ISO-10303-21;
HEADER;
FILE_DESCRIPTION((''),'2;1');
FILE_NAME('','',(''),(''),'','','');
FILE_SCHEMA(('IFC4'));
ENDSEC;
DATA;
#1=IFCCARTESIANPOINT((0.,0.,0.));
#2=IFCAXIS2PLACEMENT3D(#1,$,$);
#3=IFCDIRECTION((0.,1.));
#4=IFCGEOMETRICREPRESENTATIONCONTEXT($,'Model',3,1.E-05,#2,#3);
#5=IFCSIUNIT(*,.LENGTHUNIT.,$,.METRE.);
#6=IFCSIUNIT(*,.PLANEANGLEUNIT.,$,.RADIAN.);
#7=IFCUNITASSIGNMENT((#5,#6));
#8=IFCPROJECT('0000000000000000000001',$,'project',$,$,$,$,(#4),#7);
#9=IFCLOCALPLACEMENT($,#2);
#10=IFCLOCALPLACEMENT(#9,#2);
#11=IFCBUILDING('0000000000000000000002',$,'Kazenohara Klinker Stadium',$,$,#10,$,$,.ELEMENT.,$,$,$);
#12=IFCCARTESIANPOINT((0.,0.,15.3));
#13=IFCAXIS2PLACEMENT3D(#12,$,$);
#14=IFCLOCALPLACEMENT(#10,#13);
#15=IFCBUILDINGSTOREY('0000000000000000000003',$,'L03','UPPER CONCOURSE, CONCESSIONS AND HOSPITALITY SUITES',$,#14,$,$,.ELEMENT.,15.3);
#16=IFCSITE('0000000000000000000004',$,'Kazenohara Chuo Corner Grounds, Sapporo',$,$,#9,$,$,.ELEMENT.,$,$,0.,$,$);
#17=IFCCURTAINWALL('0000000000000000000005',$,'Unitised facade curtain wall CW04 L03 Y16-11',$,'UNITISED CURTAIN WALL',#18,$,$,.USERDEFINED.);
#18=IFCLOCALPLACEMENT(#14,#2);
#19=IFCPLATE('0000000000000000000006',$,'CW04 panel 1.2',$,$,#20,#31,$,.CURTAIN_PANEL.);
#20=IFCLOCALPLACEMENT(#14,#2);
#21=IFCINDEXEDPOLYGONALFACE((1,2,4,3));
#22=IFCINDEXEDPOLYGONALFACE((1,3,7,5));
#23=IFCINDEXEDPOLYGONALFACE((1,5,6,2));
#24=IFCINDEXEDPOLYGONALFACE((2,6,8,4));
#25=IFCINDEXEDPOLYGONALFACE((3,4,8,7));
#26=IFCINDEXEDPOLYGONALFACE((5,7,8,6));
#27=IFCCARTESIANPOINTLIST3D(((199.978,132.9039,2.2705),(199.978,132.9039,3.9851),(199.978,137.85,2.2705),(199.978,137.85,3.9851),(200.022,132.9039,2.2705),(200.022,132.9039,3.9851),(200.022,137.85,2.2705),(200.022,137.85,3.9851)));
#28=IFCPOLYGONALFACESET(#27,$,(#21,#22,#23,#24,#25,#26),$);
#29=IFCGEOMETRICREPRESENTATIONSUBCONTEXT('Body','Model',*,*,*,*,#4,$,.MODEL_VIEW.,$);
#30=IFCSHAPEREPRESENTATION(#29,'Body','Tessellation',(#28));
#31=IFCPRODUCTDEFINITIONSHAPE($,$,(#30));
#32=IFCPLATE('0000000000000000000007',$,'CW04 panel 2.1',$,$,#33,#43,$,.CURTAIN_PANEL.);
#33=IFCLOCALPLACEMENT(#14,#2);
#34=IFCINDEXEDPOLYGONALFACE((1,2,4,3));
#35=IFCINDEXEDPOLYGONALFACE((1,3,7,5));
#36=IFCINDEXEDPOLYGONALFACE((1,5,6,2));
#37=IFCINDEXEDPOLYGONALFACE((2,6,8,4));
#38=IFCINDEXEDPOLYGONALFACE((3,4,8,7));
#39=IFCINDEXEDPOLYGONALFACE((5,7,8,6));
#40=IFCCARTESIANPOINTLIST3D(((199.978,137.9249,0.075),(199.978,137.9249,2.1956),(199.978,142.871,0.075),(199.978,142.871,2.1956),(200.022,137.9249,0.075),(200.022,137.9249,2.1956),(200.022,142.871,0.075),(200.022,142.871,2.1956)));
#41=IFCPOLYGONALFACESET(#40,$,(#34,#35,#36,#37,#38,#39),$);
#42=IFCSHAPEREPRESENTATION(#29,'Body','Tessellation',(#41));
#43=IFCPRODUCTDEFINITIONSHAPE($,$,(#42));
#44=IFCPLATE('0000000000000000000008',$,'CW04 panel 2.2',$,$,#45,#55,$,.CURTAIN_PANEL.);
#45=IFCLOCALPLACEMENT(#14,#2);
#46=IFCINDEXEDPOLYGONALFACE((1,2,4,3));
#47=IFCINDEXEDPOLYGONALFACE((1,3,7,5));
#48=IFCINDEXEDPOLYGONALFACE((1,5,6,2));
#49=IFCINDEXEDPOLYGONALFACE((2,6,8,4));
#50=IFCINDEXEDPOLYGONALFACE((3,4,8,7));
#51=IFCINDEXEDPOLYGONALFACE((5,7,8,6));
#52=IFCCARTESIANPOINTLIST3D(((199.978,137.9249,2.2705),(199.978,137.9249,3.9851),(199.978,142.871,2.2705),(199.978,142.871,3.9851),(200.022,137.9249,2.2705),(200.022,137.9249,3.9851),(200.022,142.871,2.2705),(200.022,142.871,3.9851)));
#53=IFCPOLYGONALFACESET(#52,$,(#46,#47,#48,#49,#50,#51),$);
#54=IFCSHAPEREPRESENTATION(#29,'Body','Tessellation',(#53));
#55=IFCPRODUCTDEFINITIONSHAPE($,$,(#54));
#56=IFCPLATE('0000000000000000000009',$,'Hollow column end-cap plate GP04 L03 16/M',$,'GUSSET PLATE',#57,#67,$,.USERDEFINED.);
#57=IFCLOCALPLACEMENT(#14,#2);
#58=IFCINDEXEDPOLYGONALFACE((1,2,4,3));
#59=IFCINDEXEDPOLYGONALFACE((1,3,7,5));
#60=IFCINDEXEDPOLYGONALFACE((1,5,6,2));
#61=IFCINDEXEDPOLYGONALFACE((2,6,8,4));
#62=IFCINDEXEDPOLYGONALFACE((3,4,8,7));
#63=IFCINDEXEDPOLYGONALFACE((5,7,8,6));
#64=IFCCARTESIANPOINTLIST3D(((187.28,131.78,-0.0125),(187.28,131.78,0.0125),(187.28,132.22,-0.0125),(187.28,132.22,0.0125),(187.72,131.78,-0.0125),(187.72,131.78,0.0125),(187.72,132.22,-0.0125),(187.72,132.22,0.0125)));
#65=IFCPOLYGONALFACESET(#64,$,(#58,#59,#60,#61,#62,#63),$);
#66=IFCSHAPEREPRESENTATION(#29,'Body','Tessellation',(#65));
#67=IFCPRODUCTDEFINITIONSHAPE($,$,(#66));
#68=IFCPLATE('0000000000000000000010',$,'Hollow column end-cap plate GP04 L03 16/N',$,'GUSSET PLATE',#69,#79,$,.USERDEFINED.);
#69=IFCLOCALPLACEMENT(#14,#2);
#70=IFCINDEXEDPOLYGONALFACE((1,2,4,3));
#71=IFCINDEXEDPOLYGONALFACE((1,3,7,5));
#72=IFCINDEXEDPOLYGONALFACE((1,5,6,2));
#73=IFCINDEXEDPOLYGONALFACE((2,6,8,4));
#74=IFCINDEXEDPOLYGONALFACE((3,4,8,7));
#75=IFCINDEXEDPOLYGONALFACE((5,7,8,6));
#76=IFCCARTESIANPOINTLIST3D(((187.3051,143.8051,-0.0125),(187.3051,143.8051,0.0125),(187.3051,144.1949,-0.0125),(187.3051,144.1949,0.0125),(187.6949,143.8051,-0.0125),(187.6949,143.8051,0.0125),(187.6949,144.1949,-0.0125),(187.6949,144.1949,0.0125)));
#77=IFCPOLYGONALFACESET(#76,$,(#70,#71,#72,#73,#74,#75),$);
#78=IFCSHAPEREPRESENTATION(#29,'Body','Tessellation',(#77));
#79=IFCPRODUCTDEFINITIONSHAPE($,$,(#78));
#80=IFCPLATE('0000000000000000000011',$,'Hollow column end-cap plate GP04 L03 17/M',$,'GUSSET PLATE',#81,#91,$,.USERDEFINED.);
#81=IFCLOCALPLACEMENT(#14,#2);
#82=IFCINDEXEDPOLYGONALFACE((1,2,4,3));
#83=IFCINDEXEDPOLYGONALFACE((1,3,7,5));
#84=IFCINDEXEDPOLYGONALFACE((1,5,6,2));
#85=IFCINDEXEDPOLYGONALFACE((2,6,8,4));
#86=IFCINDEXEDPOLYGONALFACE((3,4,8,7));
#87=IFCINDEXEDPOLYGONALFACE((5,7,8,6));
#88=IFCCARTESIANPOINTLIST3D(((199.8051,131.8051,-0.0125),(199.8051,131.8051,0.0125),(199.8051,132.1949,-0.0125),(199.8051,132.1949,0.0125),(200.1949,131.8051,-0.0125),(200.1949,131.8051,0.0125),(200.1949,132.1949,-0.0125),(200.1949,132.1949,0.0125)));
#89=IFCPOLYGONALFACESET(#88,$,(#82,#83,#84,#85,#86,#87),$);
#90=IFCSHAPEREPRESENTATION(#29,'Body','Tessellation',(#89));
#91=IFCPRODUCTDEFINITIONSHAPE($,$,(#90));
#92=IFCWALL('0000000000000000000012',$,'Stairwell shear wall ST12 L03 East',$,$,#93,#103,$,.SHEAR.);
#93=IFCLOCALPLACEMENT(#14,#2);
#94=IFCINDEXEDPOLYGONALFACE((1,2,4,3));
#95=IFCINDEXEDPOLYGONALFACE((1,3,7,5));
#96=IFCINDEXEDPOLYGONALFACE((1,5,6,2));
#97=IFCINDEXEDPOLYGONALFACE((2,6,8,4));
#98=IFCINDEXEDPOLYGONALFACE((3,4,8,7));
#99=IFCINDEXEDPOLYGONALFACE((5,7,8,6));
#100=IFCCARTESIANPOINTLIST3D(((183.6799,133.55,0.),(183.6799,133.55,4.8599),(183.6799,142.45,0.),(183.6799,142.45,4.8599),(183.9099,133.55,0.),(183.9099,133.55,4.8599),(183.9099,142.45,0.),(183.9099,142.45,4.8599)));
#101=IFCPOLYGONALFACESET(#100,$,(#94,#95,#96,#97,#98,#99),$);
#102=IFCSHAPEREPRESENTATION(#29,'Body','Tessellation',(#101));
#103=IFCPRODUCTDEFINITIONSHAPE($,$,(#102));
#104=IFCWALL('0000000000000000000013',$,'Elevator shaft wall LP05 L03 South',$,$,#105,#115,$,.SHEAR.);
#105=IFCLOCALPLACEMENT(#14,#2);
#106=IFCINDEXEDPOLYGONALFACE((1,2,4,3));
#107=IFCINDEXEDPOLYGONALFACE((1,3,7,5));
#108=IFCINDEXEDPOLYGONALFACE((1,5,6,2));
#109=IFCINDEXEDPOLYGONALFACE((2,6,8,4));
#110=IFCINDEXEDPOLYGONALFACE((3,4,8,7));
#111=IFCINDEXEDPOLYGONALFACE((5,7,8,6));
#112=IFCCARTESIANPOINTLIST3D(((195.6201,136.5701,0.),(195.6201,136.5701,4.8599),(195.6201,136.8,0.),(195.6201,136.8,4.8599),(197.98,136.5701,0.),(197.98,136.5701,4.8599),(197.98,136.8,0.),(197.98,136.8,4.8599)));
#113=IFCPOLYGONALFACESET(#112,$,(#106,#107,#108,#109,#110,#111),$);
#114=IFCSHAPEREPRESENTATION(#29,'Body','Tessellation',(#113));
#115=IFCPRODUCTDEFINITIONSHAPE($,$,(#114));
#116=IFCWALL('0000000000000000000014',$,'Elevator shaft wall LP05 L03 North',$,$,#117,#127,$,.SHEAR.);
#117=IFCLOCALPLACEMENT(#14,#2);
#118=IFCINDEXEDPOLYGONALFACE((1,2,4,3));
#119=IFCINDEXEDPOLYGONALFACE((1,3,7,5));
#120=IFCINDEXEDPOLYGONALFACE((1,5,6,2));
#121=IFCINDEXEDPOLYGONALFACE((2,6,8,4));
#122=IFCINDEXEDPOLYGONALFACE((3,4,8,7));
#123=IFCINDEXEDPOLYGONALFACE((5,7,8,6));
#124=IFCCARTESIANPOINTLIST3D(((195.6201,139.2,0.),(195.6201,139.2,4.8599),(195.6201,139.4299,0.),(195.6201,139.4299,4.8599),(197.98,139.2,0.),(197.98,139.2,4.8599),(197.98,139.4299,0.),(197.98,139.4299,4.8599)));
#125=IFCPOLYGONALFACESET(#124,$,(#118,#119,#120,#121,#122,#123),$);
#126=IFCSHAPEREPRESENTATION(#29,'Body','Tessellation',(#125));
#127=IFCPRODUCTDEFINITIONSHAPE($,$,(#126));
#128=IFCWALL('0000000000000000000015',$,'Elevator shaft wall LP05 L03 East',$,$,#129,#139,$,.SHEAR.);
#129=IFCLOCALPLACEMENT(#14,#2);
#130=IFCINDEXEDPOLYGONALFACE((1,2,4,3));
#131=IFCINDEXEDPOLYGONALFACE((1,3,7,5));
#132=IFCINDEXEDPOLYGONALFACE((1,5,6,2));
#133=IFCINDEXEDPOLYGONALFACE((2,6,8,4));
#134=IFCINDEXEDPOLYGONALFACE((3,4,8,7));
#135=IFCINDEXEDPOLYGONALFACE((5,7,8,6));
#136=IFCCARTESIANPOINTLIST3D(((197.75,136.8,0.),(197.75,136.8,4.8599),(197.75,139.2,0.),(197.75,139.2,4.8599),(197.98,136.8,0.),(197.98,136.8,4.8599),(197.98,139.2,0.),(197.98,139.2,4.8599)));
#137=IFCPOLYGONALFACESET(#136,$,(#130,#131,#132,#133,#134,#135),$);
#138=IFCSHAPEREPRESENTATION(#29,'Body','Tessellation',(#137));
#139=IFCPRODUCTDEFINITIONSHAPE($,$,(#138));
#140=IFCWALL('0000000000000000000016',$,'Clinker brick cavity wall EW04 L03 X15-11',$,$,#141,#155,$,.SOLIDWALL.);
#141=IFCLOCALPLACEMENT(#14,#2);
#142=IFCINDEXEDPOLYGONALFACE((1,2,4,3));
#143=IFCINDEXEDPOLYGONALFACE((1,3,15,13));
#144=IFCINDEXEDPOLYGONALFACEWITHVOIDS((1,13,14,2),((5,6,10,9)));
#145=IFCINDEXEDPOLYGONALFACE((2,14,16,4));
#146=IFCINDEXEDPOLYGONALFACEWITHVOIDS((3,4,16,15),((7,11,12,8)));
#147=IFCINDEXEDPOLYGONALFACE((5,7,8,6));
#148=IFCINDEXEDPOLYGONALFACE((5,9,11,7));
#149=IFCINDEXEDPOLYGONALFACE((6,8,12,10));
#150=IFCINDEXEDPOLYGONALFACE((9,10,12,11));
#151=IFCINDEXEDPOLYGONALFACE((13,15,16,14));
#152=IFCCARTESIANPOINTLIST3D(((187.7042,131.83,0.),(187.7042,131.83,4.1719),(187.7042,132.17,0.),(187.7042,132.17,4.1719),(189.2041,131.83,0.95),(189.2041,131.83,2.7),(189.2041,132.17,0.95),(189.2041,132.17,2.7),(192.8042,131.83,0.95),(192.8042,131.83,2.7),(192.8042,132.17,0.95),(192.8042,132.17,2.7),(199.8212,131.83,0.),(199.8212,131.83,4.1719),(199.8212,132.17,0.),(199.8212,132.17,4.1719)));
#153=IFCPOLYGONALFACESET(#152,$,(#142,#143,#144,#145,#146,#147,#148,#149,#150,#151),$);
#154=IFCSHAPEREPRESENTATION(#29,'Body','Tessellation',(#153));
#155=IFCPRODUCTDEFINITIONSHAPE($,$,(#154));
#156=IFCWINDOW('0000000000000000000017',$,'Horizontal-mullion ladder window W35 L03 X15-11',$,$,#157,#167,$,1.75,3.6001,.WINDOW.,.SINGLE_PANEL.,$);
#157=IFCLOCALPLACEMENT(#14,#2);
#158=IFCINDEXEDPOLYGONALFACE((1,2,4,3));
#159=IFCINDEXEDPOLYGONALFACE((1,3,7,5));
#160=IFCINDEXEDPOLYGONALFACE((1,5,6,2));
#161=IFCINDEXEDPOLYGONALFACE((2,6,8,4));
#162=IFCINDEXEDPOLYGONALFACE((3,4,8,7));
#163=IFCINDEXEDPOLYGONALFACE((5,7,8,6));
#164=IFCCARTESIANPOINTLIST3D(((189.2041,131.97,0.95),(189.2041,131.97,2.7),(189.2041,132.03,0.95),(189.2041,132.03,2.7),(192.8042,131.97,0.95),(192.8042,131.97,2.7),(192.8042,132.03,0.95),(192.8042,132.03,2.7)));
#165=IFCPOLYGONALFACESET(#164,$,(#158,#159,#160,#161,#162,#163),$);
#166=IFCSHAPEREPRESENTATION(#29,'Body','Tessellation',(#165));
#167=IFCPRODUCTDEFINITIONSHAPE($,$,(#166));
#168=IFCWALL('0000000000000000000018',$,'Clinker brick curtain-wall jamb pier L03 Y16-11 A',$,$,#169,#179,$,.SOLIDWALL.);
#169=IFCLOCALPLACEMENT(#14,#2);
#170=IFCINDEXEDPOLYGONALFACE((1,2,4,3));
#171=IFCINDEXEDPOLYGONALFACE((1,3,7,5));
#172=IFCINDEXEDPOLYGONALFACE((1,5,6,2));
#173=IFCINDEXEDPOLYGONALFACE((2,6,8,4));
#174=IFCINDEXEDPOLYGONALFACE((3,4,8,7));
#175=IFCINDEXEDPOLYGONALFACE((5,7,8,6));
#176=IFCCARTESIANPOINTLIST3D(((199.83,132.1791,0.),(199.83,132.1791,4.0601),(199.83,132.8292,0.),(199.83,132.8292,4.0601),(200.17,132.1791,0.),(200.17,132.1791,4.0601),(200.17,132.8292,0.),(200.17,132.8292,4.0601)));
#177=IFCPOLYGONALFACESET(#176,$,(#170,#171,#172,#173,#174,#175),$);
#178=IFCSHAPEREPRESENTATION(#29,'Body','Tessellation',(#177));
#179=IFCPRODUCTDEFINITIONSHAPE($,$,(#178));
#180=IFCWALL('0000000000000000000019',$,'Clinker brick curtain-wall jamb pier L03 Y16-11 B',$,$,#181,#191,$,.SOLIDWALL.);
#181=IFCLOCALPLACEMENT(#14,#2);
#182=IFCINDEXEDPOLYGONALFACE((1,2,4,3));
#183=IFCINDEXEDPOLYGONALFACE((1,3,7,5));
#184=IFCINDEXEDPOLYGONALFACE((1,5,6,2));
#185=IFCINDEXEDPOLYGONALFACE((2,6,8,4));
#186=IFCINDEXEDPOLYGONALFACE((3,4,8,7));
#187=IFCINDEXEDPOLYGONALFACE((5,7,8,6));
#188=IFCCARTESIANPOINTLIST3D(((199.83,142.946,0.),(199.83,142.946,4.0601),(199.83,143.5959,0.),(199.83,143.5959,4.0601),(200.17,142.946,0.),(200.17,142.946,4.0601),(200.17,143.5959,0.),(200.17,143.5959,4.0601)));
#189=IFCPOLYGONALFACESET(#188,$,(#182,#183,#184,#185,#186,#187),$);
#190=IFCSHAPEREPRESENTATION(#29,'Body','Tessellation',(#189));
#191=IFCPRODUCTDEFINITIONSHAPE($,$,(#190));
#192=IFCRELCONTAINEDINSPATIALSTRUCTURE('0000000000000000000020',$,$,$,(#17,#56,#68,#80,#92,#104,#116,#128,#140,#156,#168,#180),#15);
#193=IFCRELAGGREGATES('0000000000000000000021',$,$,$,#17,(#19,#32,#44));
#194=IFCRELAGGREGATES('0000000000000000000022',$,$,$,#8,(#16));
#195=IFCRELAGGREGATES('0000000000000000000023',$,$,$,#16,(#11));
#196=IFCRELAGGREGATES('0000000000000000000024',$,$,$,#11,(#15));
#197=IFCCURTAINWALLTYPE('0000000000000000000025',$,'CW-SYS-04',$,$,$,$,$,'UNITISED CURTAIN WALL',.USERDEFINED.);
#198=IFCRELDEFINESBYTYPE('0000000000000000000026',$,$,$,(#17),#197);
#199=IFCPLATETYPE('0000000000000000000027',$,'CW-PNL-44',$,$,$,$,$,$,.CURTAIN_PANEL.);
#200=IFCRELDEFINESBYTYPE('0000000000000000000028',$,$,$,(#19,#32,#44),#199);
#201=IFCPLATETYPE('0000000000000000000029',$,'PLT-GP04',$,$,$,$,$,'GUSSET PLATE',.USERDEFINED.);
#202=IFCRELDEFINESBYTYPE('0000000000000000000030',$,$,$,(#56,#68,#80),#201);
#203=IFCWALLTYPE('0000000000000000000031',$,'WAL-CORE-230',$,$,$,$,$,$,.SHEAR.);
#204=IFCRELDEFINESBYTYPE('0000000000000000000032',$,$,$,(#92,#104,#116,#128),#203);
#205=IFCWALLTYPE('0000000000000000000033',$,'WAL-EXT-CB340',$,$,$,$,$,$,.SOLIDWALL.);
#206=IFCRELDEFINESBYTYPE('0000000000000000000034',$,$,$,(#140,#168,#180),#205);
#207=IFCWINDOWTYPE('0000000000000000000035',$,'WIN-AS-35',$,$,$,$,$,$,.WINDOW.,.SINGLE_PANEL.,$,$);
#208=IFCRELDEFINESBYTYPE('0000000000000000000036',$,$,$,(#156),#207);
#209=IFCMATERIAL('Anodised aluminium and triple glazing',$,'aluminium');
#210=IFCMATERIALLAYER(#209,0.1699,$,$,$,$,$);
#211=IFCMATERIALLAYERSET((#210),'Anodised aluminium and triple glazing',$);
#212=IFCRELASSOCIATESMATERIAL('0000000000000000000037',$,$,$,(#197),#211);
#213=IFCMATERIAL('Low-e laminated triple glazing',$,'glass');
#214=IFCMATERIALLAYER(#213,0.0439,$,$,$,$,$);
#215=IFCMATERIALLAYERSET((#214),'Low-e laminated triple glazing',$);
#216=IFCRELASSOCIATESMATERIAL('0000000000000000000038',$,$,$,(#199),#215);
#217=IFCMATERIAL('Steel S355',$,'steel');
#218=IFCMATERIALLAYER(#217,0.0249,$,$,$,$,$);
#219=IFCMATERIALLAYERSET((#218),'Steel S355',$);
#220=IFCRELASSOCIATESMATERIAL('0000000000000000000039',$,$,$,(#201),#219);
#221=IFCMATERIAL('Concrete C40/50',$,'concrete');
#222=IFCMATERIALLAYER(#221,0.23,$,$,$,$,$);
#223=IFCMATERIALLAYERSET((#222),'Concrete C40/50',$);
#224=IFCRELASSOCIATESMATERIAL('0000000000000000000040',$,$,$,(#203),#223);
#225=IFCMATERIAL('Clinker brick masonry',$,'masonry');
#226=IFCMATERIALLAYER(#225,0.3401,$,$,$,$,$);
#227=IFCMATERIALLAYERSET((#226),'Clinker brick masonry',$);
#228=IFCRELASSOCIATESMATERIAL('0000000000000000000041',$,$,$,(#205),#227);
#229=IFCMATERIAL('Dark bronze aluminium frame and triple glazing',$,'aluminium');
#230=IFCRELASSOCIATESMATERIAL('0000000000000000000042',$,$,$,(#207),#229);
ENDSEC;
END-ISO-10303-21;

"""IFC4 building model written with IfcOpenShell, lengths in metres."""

from ifc_helpers import new_model, si_unit, direction, frame, frame_2d, origin, origin_2d, place, context, subcontext, project, spatial, rectangle, extrude, material, layer, layer_set, type_object, element, fill, aggregate, save


model = new_model("IFC4")

# Units and contexts
model_context = context("Model", 3, precision=1e-05, world=origin(), true_north=direction((0.0, 1.0)))
body_context = subcontext(model_context, "Body", "Model", "MODEL_VIEW")
ifc_project = project(units=[si_unit("LENGTHUNIT", "METRE"), si_unit("PLANEANGLEUNIT", "RADIAN")], contexts=[model_context])

# Site, building, storey
site_placement = place(None, origin())
site = spatial("IfcSite", under=ifc_project, at=site_placement, Name="Kazenohara Chuo Corner Grounds, Sapporo", CompositionType="ELEMENT", RefElevation=0.0)
building_placement = place(site_placement, origin())
building = spatial("IfcBuilding", under=site, at=building_placement, Name="Kazenohara Klinker Stadium", CompositionType="ELEMENT")
storey_placement = place(building_placement, frame((0.0, 0.0, 15.3)))
storey = spatial("IfcBuildingStorey", under=building, at=storey_placement, Name="L03", Description="UPPER CONCOURSE, CONCESSIONS AND HOSPITALITY SUITES", CompositionType="ELEMENT", Elevation=15.3)

# Shared definitions
ifc_material_1 = material(Name="Concrete C40/50", Category="concrete")
ifc_material_2 = material(Name="Steel S355", Category="steel")

# Curtain wall, plates
ifc_material_3 = material(Name="Anodised aluminium and triple glazing", Category="aluminium")
ifc_layer_1 = layer(ifc_material_3, 0.1699)
ifc_layer_set_1 = layer_set([ifc_layer_1], Name="Anodised aluminium and triple glazing")
curtain_wall_type = type_object("IfcCurtainWallType", Name="CW-SYS-04", ElementType="UNITISED CURTAIN WALL", PredefinedType="USERDEFINED", material=ifc_layer_set_1)
curtain_wall_placement = place(storey_placement, origin())
curtain_wall = element("IfcCurtainWall", 1, at=curtain_wall_placement, inside=storey, type_object=curtain_wall_type, Name="Unitised facade curtain wall CW04 L03 Y16-11", ObjectType="UNITISED CURTAIN WALL", PredefinedType="USERDEFINED")
ifc_material_4 = material(Name="Low-e laminated triple glazing", Category="glass")
ifc_layer_2 = layer(ifc_material_4, 0.0439)
ifc_layer_set_2 = layer_set([ifc_layer_2], Name="Low-e laminated triple glazing")
plate_type_1 = type_object("IfcPlateType", Name="CW-PNL-44", PredefinedType="CURTAIN_PANEL", material=ifc_layer_set_2)
plate_1_placement = place(storey_placement, frame((200.0, 135.377, 2.2705), z_axis=(0.0, 0.0, 1.0), x_axis=(0.0, 1.0, 0.0)))
plate_1 = element("IfcPlate", 2, at=plate_1_placement, type_object=plate_type_1, Name="CW04 panel 1.2", PredefinedType="CURTAIN_PANEL", context=body_context, shape_type="SweptSolid", body=[
    extrude(rectangle(XDim=4.946, YDim=0.0439, at=origin_2d()), origin(), (0.0, 0.0, 1.0), 1.7146),
])
plate_2_placement = place(storey_placement, frame((200.0, 140.3979, 0.075), z_axis=(0.0, 0.0, 1.0), x_axis=(0.0, 1.0, 0.0)))
plate_2 = element("IfcPlate", 3, at=plate_2_placement, type_object=plate_type_1, Name="CW04 panel 2.1", PredefinedType="CURTAIN_PANEL", context=body_context, shape_type="SweptSolid", body=[
    extrude(rectangle(XDim=4.946, YDim=0.0439, at=origin_2d()), origin(), (0.0, 0.0, 1.0), 2.1206),
])
plate_3_placement = place(storey_placement, frame((200.0, 140.3979, 2.2705), z_axis=(0.0, 0.0, 1.0), x_axis=(0.0, 1.0, 0.0)))
plate_3 = element("IfcPlate", 4, at=plate_3_placement, type_object=plate_type_1, Name="CW04 panel 2.2", PredefinedType="CURTAIN_PANEL", context=body_context, shape_type="SweptSolid", body=[
    extrude(rectangle(XDim=4.946, YDim=0.0439, at=origin_2d()), origin(), (0.0, 0.0, 1.0), 1.7146),
])
aggregate(curtain_wall, [plate_1, plate_2, plate_3])

# Plates
ifc_layer_3 = layer(ifc_material_2, 0.0249)
ifc_layer_set_3 = layer_set([ifc_layer_3], Name="Steel S355")
plate_type_2 = type_object("IfcPlateType", Name="PLT-GP04", ElementType="GUSSET PLATE", PredefinedType="USERDEFINED", material=ifc_layer_set_3)
plate_4_placement = place(storey_placement, frame((187.5, 132.0, -0.0125), z_axis=(0.0, 0.0, 1.0), x_axis=(1.0, 0.0, 0.0)))
element("IfcPlate", 5, at=plate_4_placement, inside=storey, type_object=plate_type_2, Name="Hollow column end-cap plate GP04 L03 16/M", ObjectType="GUSSET PLATE", PredefinedType="USERDEFINED", context=body_context, shape_type="SweptSolid", body=[
    extrude(rectangle(XDim=0.4399, YDim=0.4399, at=origin_2d()), origin(), (0.0, 0.0, 1.0), 0.0249),
])
for number, where, z_axis, x_axis, name in (
    (6, (187.5, 144.0, -0.0125), (0.0, 0.0, 1.0), (1.0, 0.0, 0.0), "Hollow column end-cap plate GP04 L03 16/N"),
    (7, (200.0, 132.0, -0.0125), (0.0, 0.0, 1.0), (1.0, 0.0, 0.0), "Hollow column end-cap plate GP04 L03 17/M"),
):
    element("IfcPlate", number, at=place(storey_placement, frame(where, z_axis=z_axis, x_axis=x_axis)), inside=storey, type_object=plate_type_2, Name=name, ObjectType="GUSSET PLATE", PredefinedType="USERDEFINED", context=body_context, shape_type="SweptSolid", body=[
        extrude(rectangle(XDim=0.3899, YDim=0.3899, at=origin_2d()), origin(), (0.0, 0.0, 1.0), 0.0249),
    ])

# Walls
ifc_layer_4 = layer(ifc_material_1, 0.23)
ifc_layer_set_4 = layer_set([ifc_layer_4], Name="Concrete C40/50")
wall_type_1 = type_object("IfcWallType", Name="WAL-CORE-230", PredefinedType="SHEAR", material=ifc_layer_set_4)
wall_1_placement = place(storey_placement, frame((183.7949, 133.55, 0.0), z_axis=(0.0, 0.0, 1.0), x_axis=(0.0, 1.0, 0.0)))
element("IfcWall", 8, at=wall_1_placement, inside=storey, type_object=wall_type_1, Name="Stairwell shear wall ST12 L03 East", PredefinedType="SHEAR", context=body_context, shape_type="SweptSolid", body=[
    extrude(rectangle(XDim=8.8999, YDim=0.23, at=frame_2d((4.45, 0.0))), origin(), (0.0, 0.0, 1.0), 4.8599),
])
for number, where, z_axis, x_axis, name in (
    (9, (195.6201, 136.6851, 0.0), (0.0, 0.0, 1.0), (1.0, 0.0, 0.0), "Elevator shaft wall LP05 L03 South"),
    (10, (195.6201, 139.3149, 0.0), (0.0, 0.0, 1.0), (1.0, 0.0, 0.0), "Elevator shaft wall LP05 L03 North"),
):
    element("IfcWall", number, at=place(storey_placement, frame(where, z_axis=z_axis, x_axis=x_axis)), inside=storey, type_object=wall_type_1, Name=name, PredefinedType="SHEAR", context=body_context, shape_type="SweptSolid", body=[
        extrude(rectangle(XDim=2.3599, YDim=0.23, at=frame_2d((1.1799, 0.0))), origin(), (0.0, 0.0, 1.0), 4.8599),
    ])

# Wall
wall_2_placement = place(storey_placement, frame((197.865, 136.8, 0.0), z_axis=(0.0, 0.0, 1.0), x_axis=(0.0, 1.0, 0.0)))
element("IfcWall", 11, at=wall_2_placement, inside=storey, type_object=wall_type_1, Name="Elevator shaft wall LP05 L03 East", PredefinedType="SHEAR", context=body_context, shape_type="SweptSolid", body=[
    extrude(rectangle(XDim=2.3999, YDim=0.23, at=frame_2d((1.2, 0.0))), origin(), (0.0, 0.0, 1.0), 4.8599),
])

# Wall, opening, window
ifc_material_5 = material(Name="Clinker brick masonry", Category="masonry")
ifc_layer_5 = layer(ifc_material_5, 0.3401)
ifc_layer_set_5 = layer_set([ifc_layer_5], Name="Clinker brick masonry")
wall_type_2 = type_object("IfcWallType", Name="WAL-EXT-CB340", PredefinedType="SOLIDWALL", material=ifc_layer_set_5)
wall_3_placement = place(storey_placement, frame((187.7041, 132.0, 0.0), z_axis=(0.0, 0.0, 1.0), x_axis=(1.0, 0.0, 0.0)))
wall_3 = element("IfcWall", 12, at=wall_3_placement, inside=storey, type_object=wall_type_2, Name="Clinker brick cavity wall EW04 L03 X15-11", PredefinedType="SOLIDWALL", context=body_context, shape_type="SweptSolid", body=[
    extrude(rectangle(XDim=12.1169, YDim=0.3401, at=frame_2d((6.0586, 0.0))), origin(), (0.0, 0.0, 1.0), 4.1719),
])
opening_1_placement = place(wall_3_placement, frame((1.5, 0.0, 0.95)))
opening_1 = element("IfcOpeningElement", 13, at=opening_1_placement, cuts=wall_3, PredefinedType="OPENING", context=body_context, shape_type="SweptSolid", body=[
    extrude(rectangle(XDim=3.6001, YDim=1.75, at=frame_2d((1.8, 0.875))), frame((0.0, 0.1802, 0.0), z_axis=(0.0, -1.0, 0.0), x_axis=(1.0, 0.0, 0.0)), (0.0, 0.0, 1.0), 0.3601),
])
ifc_material_6 = material(Name="Dark bronze aluminium frame and triple glazing", Category="aluminium")
window_type = type_object("IfcWindowType", Name="WIN-AS-35", PartitioningType="SINGLE_PANEL", PredefinedType="WINDOW", material=ifc_material_6)
window_placement = place(opening_1_placement, origin())
window = element("IfcWindow", 14, at=window_placement, inside=storey, type_object=window_type, Name="Horizontal-mullion ladder window W35 L03 X15-11", OverallHeight=1.75, OverallWidth=3.6001, PartitioningType="SINGLE_PANEL", PredefinedType="WINDOW", context=body_context, shape_type="SweptSolid", body=[
    extrude(rectangle(XDim=3.6001, YDim=1.75, at=frame_2d((1.8, 0.875))), frame((0.0, 0.03, 0.0), z_axis=(0.0, -1.0, 0.0), x_axis=(1.0, 0.0, 0.0)), (0.0, 0.0, 1.0), 0.0601),
])
fill(opening_1, window)

# Walls
wall_4_placement = place(storey_placement, frame((200.0, 132.179, 0.0), z_axis=(0.0, 0.0, 1.0), x_axis=(0.0, 1.0, 0.0)))
element("IfcWall", 15, at=wall_4_placement, inside=storey, type_object=wall_type_2, Name="Clinker brick curtain-wall jamb pier L03 Y16-11 A", PredefinedType="SOLIDWALL", context=body_context, shape_type="SweptSolid", body=[
    extrude(rectangle(XDim=0.6501, YDim=0.3401, at=frame_2d((0.3252, 0.0))), origin(), (0.0, 0.0, 1.0), 4.0601),
])
wall_5_placement = place(storey_placement, frame((200.0, 142.946, 0.0), z_axis=(0.0, 0.0, 1.0), x_axis=(0.0, 1.0, 0.0)))
element("IfcWall", 16, at=wall_5_placement, inside=storey, type_object=wall_type_2, Name="Clinker brick curtain-wall jamb pier L03 Y16-11 B", PredefinedType="SOLIDWALL", context=body_context, shape_type="SweptSolid", body=[
    extrude(rectangle(XDim=0.6499, YDim=0.3401, at=frame_2d((0.325, 0.0))), origin(), (0.0, 0.0, 1.0), 4.0601),
])

save(model, "model.ifc")
